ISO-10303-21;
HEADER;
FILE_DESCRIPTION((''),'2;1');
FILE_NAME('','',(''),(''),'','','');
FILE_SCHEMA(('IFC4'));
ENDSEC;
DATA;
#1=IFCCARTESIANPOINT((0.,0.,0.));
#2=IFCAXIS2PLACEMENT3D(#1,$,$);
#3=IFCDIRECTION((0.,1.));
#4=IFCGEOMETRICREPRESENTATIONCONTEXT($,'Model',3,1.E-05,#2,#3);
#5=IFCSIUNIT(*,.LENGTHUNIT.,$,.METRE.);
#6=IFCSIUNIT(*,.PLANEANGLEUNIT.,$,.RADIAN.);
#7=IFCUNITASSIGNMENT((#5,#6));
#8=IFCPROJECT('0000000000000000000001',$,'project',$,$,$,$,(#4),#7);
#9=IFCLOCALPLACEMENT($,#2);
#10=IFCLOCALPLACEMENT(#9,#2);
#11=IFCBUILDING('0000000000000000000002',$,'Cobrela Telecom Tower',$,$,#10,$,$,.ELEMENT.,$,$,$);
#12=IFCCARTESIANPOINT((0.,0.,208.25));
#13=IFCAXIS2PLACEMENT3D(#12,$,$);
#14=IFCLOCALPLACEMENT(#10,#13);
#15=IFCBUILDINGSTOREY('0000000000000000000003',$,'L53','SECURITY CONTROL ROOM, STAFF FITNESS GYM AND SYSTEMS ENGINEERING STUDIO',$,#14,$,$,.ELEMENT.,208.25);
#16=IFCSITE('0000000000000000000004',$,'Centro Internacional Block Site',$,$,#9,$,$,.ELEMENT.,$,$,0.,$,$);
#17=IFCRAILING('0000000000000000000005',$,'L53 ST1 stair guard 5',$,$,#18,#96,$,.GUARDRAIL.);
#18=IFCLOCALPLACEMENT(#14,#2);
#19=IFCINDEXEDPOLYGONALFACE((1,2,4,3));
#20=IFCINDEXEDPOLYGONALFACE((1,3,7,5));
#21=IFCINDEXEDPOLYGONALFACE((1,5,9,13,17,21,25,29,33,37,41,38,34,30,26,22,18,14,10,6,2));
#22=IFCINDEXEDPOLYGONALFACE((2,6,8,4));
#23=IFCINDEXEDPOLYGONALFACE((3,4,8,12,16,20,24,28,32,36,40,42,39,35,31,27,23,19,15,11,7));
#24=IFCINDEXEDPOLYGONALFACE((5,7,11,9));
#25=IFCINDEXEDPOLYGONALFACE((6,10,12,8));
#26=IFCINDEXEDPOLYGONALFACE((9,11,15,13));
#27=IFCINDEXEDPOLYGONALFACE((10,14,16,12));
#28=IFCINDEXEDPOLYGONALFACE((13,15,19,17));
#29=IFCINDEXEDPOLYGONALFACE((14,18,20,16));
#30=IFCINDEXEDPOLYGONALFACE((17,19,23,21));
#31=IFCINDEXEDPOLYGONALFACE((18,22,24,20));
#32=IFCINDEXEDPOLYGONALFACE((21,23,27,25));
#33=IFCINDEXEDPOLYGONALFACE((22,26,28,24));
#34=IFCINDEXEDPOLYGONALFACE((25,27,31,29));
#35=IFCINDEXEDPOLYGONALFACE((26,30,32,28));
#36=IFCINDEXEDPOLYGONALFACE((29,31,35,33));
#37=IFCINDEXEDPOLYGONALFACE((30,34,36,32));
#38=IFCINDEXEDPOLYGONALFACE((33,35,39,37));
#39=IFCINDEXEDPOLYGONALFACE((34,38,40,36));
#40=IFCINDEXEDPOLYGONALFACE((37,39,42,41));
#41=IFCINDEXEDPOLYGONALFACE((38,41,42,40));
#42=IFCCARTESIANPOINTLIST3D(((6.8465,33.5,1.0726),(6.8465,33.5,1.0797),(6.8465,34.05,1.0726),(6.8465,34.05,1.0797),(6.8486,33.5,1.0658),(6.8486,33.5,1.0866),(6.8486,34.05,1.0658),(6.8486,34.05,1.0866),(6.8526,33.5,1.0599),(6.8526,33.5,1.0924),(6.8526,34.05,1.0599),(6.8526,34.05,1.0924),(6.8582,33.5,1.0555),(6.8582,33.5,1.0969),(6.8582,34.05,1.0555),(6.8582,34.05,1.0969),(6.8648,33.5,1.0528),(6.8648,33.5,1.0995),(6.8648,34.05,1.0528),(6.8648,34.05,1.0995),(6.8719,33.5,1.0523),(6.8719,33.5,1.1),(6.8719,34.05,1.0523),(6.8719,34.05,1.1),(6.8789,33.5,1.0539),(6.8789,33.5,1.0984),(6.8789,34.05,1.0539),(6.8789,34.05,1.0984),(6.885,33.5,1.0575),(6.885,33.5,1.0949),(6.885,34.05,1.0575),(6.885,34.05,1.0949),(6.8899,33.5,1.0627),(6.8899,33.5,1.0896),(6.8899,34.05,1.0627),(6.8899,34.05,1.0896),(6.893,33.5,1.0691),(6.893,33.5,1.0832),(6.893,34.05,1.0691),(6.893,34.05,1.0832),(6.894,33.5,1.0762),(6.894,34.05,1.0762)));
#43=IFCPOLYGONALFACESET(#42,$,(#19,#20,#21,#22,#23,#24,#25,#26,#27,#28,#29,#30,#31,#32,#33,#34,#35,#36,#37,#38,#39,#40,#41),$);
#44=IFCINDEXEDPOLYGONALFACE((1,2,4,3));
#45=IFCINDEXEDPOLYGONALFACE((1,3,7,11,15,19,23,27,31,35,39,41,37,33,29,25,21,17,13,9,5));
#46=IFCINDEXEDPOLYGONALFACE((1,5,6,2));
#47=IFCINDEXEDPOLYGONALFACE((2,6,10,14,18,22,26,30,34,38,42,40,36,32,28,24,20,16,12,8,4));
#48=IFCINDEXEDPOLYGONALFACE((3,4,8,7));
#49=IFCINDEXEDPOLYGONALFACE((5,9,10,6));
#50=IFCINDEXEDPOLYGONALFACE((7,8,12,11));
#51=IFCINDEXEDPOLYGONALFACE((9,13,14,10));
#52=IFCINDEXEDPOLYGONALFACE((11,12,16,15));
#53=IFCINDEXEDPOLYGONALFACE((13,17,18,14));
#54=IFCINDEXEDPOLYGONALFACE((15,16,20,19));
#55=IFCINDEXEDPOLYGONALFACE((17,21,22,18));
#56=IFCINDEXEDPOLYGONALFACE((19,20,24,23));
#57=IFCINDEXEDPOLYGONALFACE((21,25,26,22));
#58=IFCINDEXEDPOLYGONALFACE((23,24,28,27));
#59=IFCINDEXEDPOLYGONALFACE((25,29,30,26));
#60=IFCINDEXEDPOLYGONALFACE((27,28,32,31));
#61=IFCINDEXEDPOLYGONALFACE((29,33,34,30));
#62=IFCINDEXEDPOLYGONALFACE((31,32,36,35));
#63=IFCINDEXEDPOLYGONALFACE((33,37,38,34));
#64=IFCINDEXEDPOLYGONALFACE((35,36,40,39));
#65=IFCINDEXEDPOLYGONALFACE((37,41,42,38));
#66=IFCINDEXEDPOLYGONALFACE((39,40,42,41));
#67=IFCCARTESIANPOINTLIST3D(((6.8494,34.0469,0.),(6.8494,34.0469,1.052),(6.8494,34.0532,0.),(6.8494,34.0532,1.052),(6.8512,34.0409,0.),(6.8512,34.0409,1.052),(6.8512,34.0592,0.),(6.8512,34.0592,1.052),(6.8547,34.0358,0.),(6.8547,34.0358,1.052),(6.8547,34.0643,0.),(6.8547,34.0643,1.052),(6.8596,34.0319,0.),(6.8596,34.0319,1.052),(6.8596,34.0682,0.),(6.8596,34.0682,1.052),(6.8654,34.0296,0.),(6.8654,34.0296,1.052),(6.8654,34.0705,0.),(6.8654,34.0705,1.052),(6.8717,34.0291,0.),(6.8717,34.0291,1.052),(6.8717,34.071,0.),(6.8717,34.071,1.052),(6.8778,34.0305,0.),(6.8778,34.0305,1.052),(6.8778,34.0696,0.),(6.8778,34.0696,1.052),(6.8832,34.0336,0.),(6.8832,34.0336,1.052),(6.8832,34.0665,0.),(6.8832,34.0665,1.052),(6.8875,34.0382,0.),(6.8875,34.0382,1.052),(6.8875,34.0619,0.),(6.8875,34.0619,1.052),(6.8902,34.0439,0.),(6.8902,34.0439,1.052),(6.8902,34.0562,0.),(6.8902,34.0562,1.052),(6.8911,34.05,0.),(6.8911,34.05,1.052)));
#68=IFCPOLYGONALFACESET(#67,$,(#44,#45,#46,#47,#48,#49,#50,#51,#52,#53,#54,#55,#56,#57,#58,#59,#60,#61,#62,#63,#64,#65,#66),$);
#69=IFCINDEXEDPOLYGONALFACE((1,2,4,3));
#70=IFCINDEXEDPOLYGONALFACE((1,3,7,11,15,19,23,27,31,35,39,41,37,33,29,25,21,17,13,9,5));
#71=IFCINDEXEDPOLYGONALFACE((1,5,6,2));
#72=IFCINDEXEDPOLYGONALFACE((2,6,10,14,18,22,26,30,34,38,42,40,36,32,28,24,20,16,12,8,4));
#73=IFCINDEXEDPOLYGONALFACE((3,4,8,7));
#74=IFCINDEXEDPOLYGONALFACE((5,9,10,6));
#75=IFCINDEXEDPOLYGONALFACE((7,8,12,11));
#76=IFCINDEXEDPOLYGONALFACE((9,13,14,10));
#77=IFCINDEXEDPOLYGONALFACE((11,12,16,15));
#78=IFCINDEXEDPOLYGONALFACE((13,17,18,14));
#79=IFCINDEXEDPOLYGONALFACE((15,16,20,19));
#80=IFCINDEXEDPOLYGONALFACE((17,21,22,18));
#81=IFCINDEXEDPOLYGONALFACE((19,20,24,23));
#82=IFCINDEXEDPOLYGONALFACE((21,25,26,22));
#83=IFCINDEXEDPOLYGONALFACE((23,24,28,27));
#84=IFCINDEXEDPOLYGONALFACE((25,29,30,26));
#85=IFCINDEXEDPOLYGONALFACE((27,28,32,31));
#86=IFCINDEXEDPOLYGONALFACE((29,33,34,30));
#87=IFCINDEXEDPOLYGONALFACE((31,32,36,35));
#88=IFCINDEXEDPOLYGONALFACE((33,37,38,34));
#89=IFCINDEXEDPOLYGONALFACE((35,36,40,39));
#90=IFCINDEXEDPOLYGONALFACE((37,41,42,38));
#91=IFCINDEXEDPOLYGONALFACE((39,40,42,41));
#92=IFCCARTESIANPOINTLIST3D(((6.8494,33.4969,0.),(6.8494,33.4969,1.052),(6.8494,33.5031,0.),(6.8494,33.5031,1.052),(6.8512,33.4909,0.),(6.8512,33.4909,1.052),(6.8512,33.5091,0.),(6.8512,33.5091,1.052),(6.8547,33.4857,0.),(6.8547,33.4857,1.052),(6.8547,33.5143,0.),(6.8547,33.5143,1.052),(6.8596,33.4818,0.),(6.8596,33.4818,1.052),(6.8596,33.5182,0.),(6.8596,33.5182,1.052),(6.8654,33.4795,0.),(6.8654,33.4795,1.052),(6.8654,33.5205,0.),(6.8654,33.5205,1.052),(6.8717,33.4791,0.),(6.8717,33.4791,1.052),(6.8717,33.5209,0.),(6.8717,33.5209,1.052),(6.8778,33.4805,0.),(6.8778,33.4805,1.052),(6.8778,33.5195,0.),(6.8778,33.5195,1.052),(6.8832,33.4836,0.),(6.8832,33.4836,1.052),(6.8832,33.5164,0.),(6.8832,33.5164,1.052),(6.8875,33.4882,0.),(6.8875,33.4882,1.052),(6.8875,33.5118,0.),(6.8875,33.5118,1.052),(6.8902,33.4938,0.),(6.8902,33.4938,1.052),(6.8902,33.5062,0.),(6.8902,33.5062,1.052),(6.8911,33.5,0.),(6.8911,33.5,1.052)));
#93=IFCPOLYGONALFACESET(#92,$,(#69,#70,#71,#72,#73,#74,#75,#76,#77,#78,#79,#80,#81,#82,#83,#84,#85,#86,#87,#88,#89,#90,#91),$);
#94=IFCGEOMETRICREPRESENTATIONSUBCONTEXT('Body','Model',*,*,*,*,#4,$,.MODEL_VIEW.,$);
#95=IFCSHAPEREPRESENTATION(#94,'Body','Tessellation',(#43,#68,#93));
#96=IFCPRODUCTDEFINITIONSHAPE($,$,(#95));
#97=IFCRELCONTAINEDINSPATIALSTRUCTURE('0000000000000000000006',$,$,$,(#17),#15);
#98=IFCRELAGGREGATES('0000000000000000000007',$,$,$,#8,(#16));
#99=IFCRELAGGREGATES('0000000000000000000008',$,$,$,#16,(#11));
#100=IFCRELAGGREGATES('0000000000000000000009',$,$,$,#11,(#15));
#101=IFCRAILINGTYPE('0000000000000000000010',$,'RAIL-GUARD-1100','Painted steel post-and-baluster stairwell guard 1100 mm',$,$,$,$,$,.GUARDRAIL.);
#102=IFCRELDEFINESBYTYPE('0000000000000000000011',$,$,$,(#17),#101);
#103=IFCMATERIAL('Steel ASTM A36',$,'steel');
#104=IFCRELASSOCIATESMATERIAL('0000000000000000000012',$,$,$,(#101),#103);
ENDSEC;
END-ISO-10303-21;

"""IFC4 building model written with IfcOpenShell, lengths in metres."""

from ifc_helpers import new_model, si_unit, direction, frame, origin, origin_2d, place, context, subcontext, project, spatial, circle, extrude, material, type_object, element, save


model = new_model("IFC4")

# Units and contexts
model_context = context("Model", 3, precision=1e-05, world=origin(), true_north=direction((0.0, 1.0)))
body_context = subcontext(model_context, "Body", "Model", "MODEL_VIEW")
ifc_project = project(units=[si_unit("LENGTHUNIT", "METRE"), si_unit("PLANEANGLEUNIT", "RADIAN")], contexts=[model_context])

# Site, building, storey
site_placement = place(None, origin())
site = spatial("IfcSite", under=ifc_project, at=site_placement, Name="Centro Internacional Block Site", CompositionType="ELEMENT", RefElevation=0.0)
building_placement = place(site_placement, origin())
building = spatial("IfcBuilding", under=site, at=building_placement, Name="Cobrela Telecom Tower", CompositionType="ELEMENT")
storey_placement = place(building_placement, frame((0.0, 0.0, 208.25)))
storey = spatial("IfcBuildingStorey", under=building, at=storey_placement, Name="L53", Description="SECURITY CONTROL ROOM, STAFF FITNESS GYM AND SYSTEMS ENGINEERING STUDIO", CompositionType="ELEMENT", Elevation=208.25)

# Shared definitions
ifc_material_1 = material(Name="Steel ASTM A36", Category="steel")

# Railing
railing_type_1 = type_object("IfcRailingType", Name="RAIL-GUARD-1100", Description="Painted steel post-and-baluster stairwell guard 1100 mm", PredefinedType="GUARDRAIL", material=ifc_material_1)
railing_1_placement = place(storey_placement, frame((6.8701, 34.05, 0.0)))
element("IfcRailing", 1, at=railing_1_placement, inside=storey, type_object=railing_type_1, Name="L53 ST1 stair guard 5", PredefinedType="GUARDRAIL", context=body_context, shape_type="SweptSolid", body=[
    extrude(circle(Radius=0.0239, at=origin_2d()), frame((0.0, 0.0, 1.0762), z_axis=(0.0, -1.0, 0.0), x_axis=(1.0, 0.0, 0.0)), (0.0, 0.0, 1.0), 0.55),
    extrude(circle(Radius=0.021, at=origin_2d()), origin(), (0.0, 0.0, 1.0), 1.052),
    extrude(circle(Radius=0.021, at=origin_2d()), frame((0.0, -0.55, 0.0)), (0.0, 0.0, 1.0), 1.052),
])

save(model, "model.ifc")
